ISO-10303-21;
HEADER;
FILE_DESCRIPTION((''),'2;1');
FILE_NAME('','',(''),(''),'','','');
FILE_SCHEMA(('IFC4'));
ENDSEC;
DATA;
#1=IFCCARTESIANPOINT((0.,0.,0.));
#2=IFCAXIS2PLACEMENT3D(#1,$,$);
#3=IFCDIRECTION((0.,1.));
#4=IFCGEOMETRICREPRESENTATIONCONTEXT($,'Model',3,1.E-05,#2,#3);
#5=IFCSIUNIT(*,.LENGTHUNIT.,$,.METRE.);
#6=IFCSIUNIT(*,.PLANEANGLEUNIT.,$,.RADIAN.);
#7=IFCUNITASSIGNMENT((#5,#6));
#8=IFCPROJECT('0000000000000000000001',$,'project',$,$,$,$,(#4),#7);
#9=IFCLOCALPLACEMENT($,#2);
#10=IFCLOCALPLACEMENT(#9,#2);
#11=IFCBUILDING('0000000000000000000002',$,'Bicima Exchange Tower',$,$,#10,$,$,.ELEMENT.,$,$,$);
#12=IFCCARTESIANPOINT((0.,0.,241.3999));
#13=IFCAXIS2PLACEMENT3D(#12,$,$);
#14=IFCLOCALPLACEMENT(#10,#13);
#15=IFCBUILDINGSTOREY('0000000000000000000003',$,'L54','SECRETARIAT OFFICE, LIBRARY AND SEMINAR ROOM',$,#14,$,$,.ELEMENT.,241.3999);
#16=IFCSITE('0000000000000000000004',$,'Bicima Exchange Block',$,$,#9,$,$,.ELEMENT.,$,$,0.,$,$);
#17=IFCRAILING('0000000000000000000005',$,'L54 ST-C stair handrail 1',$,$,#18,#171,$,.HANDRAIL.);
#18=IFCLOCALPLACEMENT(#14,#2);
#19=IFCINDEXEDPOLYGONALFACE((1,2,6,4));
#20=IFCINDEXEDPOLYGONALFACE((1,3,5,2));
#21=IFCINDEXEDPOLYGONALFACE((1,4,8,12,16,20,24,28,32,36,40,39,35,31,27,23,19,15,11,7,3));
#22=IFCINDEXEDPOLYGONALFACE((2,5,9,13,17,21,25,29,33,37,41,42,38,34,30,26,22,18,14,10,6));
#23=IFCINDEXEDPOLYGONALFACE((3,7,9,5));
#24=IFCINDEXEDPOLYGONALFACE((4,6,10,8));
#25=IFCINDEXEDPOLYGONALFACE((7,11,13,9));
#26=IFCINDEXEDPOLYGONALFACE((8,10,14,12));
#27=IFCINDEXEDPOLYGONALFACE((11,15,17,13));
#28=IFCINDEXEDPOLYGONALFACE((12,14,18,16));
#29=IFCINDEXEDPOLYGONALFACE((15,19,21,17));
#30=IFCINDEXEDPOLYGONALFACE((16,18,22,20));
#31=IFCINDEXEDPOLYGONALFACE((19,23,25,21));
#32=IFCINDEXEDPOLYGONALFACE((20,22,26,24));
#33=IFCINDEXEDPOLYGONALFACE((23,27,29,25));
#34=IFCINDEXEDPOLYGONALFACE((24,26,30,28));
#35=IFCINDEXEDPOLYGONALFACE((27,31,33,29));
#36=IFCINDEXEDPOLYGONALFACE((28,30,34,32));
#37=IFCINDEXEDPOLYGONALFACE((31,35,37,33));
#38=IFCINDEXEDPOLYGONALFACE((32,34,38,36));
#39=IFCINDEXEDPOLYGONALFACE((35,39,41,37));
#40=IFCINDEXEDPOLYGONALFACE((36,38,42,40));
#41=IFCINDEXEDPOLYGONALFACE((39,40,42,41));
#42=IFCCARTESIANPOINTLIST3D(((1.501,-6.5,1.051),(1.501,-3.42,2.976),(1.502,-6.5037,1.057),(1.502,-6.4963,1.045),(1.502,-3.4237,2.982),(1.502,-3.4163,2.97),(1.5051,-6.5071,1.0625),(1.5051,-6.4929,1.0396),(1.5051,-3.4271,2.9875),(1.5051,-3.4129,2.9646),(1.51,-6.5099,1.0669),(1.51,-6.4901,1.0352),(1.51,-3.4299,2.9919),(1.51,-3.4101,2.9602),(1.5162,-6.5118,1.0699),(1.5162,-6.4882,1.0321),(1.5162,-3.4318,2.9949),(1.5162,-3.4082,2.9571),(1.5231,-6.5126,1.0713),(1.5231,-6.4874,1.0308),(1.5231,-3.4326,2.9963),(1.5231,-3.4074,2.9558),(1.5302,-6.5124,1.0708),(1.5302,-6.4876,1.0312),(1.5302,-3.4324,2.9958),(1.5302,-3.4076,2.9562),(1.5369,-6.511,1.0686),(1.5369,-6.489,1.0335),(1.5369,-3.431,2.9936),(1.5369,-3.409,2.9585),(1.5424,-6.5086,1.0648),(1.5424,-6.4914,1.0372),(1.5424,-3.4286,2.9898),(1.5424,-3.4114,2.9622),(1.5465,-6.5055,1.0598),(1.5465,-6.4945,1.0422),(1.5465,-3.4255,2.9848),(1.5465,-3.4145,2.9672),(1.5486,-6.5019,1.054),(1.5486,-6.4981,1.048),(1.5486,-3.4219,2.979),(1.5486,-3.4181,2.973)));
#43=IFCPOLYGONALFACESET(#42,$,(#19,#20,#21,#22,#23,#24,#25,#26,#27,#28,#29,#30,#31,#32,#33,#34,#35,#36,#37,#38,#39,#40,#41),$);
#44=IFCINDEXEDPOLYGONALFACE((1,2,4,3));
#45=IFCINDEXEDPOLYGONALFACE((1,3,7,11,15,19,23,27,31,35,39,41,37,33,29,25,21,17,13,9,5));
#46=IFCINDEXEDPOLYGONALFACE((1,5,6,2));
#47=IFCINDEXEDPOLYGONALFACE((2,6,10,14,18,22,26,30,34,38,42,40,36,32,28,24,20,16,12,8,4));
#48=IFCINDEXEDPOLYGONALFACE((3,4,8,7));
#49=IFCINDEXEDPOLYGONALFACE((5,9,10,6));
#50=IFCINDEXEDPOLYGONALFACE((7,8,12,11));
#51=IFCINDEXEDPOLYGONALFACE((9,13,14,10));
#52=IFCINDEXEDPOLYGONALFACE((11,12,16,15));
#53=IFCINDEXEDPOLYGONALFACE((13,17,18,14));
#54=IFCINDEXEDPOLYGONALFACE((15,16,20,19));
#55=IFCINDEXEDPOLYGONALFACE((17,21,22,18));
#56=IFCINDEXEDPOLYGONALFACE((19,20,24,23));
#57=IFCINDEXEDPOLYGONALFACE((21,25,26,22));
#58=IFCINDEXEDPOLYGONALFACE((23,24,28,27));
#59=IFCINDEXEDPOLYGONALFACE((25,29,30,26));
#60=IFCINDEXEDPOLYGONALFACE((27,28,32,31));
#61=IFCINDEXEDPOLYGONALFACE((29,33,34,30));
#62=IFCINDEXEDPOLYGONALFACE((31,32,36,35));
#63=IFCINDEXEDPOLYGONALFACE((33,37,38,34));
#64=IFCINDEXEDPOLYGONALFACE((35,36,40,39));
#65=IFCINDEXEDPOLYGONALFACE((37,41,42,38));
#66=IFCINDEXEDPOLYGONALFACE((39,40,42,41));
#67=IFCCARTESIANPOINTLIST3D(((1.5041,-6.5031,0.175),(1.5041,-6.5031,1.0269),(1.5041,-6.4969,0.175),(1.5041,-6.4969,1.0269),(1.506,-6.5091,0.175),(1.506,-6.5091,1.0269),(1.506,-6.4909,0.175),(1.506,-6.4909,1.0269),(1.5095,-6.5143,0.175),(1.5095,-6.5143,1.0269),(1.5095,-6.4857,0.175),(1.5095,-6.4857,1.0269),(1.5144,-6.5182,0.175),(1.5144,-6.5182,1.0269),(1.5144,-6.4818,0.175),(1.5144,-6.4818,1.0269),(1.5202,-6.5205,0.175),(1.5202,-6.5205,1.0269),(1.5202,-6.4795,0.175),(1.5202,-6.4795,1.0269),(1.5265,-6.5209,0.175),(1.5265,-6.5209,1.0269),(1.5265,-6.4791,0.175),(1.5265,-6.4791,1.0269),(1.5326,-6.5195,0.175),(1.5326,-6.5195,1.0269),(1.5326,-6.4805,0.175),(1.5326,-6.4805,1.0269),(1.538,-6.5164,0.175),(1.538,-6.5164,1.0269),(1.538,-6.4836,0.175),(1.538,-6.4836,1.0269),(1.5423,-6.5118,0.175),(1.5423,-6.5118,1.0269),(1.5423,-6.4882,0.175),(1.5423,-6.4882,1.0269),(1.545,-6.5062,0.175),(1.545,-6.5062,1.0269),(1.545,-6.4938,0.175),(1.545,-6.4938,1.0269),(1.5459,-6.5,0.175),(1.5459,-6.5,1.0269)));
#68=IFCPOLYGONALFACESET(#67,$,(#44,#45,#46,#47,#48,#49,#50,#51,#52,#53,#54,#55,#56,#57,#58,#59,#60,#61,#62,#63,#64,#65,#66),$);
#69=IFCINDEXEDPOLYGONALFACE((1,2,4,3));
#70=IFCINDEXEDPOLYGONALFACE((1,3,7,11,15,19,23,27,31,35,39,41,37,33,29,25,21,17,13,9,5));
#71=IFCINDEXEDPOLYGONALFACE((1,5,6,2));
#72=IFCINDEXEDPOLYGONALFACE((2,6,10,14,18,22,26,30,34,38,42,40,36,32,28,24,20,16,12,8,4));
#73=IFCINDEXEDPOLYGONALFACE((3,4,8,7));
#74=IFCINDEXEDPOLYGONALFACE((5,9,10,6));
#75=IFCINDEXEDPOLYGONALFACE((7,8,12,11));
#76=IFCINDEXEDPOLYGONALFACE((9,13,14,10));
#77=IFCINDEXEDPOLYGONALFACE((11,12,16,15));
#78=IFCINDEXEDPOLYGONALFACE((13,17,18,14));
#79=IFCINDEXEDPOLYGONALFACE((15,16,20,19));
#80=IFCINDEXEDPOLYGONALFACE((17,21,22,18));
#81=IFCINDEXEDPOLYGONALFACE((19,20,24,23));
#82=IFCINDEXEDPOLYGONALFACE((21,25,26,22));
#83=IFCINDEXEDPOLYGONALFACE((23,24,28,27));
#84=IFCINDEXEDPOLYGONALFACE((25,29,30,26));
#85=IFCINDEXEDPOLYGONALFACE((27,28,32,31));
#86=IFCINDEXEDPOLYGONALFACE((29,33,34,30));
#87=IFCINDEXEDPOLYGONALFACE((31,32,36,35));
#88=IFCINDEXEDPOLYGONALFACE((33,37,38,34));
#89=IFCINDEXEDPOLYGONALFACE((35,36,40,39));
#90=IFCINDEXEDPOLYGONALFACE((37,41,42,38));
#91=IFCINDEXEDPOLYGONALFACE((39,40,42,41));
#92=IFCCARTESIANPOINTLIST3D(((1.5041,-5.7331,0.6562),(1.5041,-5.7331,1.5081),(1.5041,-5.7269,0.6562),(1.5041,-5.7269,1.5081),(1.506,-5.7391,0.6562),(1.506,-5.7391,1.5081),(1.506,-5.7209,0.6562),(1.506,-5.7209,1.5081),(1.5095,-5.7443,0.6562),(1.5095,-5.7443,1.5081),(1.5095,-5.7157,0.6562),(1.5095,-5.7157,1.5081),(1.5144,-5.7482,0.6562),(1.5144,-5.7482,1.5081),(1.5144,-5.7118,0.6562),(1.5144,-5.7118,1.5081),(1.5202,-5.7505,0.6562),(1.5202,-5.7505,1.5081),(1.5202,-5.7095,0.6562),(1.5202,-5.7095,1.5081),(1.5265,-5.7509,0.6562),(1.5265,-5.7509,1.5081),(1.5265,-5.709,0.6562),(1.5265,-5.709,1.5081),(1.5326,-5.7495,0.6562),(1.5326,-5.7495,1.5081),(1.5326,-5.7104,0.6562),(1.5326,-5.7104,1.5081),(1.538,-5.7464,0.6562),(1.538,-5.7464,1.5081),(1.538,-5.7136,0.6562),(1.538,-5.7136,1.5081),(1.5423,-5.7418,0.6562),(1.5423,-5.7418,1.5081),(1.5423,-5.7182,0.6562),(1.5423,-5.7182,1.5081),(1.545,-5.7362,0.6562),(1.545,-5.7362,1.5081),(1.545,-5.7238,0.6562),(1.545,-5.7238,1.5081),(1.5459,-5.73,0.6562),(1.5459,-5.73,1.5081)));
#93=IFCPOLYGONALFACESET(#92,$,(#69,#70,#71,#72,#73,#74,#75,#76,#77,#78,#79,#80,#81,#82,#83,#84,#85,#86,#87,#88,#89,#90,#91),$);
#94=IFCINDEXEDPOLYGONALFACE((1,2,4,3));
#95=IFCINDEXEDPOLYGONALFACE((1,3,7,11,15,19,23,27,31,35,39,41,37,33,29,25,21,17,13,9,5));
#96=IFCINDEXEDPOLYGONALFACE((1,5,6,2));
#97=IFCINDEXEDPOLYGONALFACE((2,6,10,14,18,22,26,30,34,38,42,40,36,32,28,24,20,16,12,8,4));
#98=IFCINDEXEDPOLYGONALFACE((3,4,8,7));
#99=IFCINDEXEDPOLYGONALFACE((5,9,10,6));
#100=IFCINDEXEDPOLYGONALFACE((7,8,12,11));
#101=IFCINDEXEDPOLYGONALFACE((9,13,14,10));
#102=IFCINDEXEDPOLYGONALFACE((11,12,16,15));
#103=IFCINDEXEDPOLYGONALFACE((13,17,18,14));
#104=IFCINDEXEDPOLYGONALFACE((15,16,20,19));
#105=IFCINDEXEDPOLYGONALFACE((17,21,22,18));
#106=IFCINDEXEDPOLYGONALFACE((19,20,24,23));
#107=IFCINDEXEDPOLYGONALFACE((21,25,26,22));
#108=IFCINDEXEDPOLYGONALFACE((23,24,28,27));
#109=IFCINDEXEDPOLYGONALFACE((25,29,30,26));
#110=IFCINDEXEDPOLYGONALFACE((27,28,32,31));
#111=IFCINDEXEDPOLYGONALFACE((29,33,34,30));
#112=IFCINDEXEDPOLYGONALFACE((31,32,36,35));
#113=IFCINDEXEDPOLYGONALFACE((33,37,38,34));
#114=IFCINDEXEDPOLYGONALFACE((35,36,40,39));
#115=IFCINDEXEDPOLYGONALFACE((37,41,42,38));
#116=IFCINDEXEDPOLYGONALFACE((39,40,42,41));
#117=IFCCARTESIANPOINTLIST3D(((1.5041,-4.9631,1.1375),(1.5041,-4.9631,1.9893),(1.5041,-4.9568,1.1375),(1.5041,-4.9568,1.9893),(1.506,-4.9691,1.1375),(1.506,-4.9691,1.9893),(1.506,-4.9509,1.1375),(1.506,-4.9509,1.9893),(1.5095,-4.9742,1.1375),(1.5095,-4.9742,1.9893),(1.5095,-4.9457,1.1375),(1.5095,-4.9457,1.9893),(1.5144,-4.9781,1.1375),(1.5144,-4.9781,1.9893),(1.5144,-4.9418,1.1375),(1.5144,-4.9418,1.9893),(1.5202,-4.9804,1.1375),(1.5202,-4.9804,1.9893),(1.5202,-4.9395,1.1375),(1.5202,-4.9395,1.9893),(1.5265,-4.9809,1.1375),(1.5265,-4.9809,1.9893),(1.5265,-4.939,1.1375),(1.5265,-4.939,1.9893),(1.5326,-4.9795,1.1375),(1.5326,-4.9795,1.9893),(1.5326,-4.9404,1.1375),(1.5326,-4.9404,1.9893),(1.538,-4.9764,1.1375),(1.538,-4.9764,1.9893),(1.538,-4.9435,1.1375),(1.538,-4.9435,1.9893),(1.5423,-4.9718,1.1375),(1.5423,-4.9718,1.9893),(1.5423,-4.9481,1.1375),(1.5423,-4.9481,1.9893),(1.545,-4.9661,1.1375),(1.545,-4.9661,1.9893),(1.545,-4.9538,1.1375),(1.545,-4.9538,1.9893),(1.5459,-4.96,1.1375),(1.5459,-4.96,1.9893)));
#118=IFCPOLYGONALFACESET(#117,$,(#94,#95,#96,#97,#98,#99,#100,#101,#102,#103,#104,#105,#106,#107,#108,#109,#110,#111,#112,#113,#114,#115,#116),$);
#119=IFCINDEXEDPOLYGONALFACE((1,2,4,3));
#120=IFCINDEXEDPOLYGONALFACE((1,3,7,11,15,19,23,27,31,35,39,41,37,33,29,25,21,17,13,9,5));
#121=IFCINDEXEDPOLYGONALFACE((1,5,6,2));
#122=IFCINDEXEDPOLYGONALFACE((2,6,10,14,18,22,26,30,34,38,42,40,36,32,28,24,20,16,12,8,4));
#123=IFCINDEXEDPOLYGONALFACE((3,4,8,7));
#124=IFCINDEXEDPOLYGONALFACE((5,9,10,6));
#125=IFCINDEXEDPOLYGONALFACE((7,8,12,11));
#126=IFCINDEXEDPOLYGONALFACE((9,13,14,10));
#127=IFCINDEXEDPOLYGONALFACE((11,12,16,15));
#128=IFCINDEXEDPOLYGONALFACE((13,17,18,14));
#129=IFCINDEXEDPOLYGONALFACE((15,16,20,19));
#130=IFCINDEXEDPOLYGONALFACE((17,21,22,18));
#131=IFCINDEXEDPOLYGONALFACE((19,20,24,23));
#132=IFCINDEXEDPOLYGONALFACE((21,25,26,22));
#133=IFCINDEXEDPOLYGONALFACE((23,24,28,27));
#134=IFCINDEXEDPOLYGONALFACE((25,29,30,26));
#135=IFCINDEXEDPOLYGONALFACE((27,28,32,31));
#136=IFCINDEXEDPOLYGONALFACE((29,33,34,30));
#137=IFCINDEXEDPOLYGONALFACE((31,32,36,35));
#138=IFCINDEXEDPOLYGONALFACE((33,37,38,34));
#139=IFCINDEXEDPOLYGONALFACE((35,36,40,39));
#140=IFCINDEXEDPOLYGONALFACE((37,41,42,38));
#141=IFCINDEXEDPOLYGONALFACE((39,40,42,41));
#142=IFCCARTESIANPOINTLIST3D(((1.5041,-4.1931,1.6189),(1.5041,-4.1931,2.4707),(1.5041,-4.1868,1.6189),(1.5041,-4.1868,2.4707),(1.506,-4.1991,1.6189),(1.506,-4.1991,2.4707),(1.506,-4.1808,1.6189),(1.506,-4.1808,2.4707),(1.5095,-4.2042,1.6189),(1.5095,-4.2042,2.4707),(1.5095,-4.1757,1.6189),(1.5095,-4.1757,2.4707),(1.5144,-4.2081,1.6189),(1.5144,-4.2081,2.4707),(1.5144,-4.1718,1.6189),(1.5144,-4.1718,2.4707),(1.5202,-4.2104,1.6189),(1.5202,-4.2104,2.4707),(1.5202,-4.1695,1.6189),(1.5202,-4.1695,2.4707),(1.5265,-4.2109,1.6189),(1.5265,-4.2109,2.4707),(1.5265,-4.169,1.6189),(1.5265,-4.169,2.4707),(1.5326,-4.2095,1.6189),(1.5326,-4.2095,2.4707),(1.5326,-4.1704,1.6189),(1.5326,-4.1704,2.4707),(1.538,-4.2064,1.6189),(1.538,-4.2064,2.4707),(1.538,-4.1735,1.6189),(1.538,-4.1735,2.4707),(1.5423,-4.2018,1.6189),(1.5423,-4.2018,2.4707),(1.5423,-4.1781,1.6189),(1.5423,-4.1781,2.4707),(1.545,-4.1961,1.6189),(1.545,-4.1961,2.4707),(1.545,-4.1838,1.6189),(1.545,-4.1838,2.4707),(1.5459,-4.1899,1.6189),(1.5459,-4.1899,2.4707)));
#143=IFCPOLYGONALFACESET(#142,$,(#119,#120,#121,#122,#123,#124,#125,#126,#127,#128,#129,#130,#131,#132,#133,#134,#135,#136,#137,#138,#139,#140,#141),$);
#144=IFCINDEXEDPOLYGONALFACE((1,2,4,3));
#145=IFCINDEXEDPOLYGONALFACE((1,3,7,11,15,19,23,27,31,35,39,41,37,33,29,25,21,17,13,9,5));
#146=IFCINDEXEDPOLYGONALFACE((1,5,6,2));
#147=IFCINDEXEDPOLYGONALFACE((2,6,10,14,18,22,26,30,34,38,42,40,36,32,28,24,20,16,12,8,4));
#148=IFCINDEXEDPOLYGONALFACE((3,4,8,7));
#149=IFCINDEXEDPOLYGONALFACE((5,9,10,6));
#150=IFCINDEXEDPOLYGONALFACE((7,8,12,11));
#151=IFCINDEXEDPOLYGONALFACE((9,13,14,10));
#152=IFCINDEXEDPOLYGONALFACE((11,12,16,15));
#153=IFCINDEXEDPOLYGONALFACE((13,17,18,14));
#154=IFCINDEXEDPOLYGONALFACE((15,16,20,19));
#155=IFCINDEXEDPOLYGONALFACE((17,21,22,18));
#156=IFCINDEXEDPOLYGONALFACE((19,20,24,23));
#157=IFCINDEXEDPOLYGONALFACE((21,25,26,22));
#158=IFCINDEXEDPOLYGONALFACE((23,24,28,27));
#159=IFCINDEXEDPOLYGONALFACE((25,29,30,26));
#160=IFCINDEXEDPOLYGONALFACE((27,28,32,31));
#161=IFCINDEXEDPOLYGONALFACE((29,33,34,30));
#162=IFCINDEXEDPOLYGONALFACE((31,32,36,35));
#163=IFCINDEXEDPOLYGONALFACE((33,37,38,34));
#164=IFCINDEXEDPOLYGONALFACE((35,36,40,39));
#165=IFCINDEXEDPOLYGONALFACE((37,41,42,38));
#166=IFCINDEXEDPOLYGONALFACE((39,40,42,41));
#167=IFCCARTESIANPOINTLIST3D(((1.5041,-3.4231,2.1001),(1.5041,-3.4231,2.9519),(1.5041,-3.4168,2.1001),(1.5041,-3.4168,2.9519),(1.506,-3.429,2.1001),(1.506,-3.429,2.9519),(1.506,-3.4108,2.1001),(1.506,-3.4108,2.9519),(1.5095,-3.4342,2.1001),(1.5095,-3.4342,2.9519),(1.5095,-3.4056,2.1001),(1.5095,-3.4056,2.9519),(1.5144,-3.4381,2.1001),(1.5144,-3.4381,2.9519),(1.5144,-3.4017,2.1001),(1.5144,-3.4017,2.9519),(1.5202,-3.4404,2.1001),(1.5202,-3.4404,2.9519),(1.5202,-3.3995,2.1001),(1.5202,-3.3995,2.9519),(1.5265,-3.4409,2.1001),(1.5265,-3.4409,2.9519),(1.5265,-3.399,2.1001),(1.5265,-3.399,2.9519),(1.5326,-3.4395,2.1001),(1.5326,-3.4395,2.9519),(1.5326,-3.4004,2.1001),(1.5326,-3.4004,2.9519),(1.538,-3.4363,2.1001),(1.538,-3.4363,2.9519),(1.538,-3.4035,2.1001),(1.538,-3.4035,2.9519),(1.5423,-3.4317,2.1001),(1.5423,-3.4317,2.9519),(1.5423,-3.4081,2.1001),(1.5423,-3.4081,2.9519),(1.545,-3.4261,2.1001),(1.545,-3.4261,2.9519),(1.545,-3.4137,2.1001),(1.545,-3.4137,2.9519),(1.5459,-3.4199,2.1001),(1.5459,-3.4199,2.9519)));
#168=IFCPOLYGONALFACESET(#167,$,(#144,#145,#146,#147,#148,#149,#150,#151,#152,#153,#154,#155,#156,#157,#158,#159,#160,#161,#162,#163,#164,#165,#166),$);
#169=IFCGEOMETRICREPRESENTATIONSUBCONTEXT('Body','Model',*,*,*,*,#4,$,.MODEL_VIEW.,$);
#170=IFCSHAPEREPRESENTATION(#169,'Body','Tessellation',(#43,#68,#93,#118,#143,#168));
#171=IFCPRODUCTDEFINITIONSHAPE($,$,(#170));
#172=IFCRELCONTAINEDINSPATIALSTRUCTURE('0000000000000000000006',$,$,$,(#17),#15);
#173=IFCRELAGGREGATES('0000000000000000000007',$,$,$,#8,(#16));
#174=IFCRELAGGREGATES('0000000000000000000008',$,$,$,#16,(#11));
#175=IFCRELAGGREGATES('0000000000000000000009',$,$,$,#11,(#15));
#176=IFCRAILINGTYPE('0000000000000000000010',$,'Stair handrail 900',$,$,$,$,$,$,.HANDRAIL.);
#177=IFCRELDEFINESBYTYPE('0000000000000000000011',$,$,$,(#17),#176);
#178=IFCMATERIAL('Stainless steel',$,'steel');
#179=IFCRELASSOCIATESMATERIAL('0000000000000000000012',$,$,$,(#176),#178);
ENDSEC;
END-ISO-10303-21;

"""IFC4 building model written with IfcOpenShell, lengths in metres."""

from ifc_helpers import new_model, si_unit, direction, frame, origin, origin_2d, place, context, subcontext, project, spatial, circle, extrude, material, type_object, element, save


model = new_model("IFC4")

# Units and contexts
model_context = context("Model", 3, precision=1e-05, world=origin(), true_north=direction((0.0, 1.0)))
body_context = subcontext(model_context, "Body", "Model", "MODEL_VIEW")
ifc_project = project(units=[si_unit("LENGTHUNIT", "METRE"), si_unit("PLANEANGLEUNIT", "RADIAN")], contexts=[model_context])

# Site, building, storey
site_placement = place(None, origin())
site = spatial("IfcSite", under=ifc_project, at=site_placement, Name="Bicima Exchange Block", CompositionType="ELEMENT", RefElevation=0.0)
building_placement = place(site_placement, origin())
building = spatial("IfcBuilding", under=site, at=building_placement, Name="Bicima Exchange Tower", CompositionType="ELEMENT")
storey_placement = place(building_placement, frame((0.0, 0.0, 241.3999)))
storey = spatial("IfcBuildingStorey", under=building, at=storey_placement, Name="L54", Description="SECRETARIAT OFFICE, LIBRARY AND SEMINAR ROOM", CompositionType="ELEMENT", Elevation=241.3999)

# Shared definitions
ifc_material_1 = material(Name="Stainless steel", Category="steel")

# Railing
railing_type_1 = type_object("IfcRailingType", Name="Stair handrail 900", PredefinedType="HANDRAIL", material=ifc_material_1)
railing_1_placement = place(storey_placement, frame((1.5249, -6.5, 0.175)))
element("IfcRailing", 1, at=railing_1_placement, inside=storey, type_object=railing_type_1, Name="L54 ST-C stair handrail 1", PredefinedType="HANDRAIL", context=body_context, shape_type="SweptSolid", body=[
    extrude(circle(Radius=0.0239, at=origin_2d()), frame((0.0, 0.0, 0.876), z_axis=(0.0, 0.847998, 0.529999), x_axis=(-1.0, 0.0, 0.0)), (0.0, 0.0, 1.0), 3.6321),
    extrude(circle(Radius=0.021, at=origin_2d()), origin(), (0.0, 0.0, 1.0), 0.8518),
    extrude(circle(Radius=0.021, at=origin_2d()), frame((0.0, 0.77, 0.4812)), (0.0, 0.0, 1.0), 0.8518),
    extrude(circle(Radius=0.021, at=origin_2d()), frame((0.0, 1.54, 0.9624)), (0.0, 0.0, 1.0), 0.8518),
    extrude(circle(Radius=0.021, at=origin_2d()), frame((0.0, 2.3101, 1.4438)), (0.0, 0.0, 1.0), 0.8518),
    extrude(circle(Radius=0.021, at=origin_2d()), frame((0.0, 3.0801, 1.925)), (0.0, 0.0, 1.0), 0.8518),
])

save(model, "model.ifc")
